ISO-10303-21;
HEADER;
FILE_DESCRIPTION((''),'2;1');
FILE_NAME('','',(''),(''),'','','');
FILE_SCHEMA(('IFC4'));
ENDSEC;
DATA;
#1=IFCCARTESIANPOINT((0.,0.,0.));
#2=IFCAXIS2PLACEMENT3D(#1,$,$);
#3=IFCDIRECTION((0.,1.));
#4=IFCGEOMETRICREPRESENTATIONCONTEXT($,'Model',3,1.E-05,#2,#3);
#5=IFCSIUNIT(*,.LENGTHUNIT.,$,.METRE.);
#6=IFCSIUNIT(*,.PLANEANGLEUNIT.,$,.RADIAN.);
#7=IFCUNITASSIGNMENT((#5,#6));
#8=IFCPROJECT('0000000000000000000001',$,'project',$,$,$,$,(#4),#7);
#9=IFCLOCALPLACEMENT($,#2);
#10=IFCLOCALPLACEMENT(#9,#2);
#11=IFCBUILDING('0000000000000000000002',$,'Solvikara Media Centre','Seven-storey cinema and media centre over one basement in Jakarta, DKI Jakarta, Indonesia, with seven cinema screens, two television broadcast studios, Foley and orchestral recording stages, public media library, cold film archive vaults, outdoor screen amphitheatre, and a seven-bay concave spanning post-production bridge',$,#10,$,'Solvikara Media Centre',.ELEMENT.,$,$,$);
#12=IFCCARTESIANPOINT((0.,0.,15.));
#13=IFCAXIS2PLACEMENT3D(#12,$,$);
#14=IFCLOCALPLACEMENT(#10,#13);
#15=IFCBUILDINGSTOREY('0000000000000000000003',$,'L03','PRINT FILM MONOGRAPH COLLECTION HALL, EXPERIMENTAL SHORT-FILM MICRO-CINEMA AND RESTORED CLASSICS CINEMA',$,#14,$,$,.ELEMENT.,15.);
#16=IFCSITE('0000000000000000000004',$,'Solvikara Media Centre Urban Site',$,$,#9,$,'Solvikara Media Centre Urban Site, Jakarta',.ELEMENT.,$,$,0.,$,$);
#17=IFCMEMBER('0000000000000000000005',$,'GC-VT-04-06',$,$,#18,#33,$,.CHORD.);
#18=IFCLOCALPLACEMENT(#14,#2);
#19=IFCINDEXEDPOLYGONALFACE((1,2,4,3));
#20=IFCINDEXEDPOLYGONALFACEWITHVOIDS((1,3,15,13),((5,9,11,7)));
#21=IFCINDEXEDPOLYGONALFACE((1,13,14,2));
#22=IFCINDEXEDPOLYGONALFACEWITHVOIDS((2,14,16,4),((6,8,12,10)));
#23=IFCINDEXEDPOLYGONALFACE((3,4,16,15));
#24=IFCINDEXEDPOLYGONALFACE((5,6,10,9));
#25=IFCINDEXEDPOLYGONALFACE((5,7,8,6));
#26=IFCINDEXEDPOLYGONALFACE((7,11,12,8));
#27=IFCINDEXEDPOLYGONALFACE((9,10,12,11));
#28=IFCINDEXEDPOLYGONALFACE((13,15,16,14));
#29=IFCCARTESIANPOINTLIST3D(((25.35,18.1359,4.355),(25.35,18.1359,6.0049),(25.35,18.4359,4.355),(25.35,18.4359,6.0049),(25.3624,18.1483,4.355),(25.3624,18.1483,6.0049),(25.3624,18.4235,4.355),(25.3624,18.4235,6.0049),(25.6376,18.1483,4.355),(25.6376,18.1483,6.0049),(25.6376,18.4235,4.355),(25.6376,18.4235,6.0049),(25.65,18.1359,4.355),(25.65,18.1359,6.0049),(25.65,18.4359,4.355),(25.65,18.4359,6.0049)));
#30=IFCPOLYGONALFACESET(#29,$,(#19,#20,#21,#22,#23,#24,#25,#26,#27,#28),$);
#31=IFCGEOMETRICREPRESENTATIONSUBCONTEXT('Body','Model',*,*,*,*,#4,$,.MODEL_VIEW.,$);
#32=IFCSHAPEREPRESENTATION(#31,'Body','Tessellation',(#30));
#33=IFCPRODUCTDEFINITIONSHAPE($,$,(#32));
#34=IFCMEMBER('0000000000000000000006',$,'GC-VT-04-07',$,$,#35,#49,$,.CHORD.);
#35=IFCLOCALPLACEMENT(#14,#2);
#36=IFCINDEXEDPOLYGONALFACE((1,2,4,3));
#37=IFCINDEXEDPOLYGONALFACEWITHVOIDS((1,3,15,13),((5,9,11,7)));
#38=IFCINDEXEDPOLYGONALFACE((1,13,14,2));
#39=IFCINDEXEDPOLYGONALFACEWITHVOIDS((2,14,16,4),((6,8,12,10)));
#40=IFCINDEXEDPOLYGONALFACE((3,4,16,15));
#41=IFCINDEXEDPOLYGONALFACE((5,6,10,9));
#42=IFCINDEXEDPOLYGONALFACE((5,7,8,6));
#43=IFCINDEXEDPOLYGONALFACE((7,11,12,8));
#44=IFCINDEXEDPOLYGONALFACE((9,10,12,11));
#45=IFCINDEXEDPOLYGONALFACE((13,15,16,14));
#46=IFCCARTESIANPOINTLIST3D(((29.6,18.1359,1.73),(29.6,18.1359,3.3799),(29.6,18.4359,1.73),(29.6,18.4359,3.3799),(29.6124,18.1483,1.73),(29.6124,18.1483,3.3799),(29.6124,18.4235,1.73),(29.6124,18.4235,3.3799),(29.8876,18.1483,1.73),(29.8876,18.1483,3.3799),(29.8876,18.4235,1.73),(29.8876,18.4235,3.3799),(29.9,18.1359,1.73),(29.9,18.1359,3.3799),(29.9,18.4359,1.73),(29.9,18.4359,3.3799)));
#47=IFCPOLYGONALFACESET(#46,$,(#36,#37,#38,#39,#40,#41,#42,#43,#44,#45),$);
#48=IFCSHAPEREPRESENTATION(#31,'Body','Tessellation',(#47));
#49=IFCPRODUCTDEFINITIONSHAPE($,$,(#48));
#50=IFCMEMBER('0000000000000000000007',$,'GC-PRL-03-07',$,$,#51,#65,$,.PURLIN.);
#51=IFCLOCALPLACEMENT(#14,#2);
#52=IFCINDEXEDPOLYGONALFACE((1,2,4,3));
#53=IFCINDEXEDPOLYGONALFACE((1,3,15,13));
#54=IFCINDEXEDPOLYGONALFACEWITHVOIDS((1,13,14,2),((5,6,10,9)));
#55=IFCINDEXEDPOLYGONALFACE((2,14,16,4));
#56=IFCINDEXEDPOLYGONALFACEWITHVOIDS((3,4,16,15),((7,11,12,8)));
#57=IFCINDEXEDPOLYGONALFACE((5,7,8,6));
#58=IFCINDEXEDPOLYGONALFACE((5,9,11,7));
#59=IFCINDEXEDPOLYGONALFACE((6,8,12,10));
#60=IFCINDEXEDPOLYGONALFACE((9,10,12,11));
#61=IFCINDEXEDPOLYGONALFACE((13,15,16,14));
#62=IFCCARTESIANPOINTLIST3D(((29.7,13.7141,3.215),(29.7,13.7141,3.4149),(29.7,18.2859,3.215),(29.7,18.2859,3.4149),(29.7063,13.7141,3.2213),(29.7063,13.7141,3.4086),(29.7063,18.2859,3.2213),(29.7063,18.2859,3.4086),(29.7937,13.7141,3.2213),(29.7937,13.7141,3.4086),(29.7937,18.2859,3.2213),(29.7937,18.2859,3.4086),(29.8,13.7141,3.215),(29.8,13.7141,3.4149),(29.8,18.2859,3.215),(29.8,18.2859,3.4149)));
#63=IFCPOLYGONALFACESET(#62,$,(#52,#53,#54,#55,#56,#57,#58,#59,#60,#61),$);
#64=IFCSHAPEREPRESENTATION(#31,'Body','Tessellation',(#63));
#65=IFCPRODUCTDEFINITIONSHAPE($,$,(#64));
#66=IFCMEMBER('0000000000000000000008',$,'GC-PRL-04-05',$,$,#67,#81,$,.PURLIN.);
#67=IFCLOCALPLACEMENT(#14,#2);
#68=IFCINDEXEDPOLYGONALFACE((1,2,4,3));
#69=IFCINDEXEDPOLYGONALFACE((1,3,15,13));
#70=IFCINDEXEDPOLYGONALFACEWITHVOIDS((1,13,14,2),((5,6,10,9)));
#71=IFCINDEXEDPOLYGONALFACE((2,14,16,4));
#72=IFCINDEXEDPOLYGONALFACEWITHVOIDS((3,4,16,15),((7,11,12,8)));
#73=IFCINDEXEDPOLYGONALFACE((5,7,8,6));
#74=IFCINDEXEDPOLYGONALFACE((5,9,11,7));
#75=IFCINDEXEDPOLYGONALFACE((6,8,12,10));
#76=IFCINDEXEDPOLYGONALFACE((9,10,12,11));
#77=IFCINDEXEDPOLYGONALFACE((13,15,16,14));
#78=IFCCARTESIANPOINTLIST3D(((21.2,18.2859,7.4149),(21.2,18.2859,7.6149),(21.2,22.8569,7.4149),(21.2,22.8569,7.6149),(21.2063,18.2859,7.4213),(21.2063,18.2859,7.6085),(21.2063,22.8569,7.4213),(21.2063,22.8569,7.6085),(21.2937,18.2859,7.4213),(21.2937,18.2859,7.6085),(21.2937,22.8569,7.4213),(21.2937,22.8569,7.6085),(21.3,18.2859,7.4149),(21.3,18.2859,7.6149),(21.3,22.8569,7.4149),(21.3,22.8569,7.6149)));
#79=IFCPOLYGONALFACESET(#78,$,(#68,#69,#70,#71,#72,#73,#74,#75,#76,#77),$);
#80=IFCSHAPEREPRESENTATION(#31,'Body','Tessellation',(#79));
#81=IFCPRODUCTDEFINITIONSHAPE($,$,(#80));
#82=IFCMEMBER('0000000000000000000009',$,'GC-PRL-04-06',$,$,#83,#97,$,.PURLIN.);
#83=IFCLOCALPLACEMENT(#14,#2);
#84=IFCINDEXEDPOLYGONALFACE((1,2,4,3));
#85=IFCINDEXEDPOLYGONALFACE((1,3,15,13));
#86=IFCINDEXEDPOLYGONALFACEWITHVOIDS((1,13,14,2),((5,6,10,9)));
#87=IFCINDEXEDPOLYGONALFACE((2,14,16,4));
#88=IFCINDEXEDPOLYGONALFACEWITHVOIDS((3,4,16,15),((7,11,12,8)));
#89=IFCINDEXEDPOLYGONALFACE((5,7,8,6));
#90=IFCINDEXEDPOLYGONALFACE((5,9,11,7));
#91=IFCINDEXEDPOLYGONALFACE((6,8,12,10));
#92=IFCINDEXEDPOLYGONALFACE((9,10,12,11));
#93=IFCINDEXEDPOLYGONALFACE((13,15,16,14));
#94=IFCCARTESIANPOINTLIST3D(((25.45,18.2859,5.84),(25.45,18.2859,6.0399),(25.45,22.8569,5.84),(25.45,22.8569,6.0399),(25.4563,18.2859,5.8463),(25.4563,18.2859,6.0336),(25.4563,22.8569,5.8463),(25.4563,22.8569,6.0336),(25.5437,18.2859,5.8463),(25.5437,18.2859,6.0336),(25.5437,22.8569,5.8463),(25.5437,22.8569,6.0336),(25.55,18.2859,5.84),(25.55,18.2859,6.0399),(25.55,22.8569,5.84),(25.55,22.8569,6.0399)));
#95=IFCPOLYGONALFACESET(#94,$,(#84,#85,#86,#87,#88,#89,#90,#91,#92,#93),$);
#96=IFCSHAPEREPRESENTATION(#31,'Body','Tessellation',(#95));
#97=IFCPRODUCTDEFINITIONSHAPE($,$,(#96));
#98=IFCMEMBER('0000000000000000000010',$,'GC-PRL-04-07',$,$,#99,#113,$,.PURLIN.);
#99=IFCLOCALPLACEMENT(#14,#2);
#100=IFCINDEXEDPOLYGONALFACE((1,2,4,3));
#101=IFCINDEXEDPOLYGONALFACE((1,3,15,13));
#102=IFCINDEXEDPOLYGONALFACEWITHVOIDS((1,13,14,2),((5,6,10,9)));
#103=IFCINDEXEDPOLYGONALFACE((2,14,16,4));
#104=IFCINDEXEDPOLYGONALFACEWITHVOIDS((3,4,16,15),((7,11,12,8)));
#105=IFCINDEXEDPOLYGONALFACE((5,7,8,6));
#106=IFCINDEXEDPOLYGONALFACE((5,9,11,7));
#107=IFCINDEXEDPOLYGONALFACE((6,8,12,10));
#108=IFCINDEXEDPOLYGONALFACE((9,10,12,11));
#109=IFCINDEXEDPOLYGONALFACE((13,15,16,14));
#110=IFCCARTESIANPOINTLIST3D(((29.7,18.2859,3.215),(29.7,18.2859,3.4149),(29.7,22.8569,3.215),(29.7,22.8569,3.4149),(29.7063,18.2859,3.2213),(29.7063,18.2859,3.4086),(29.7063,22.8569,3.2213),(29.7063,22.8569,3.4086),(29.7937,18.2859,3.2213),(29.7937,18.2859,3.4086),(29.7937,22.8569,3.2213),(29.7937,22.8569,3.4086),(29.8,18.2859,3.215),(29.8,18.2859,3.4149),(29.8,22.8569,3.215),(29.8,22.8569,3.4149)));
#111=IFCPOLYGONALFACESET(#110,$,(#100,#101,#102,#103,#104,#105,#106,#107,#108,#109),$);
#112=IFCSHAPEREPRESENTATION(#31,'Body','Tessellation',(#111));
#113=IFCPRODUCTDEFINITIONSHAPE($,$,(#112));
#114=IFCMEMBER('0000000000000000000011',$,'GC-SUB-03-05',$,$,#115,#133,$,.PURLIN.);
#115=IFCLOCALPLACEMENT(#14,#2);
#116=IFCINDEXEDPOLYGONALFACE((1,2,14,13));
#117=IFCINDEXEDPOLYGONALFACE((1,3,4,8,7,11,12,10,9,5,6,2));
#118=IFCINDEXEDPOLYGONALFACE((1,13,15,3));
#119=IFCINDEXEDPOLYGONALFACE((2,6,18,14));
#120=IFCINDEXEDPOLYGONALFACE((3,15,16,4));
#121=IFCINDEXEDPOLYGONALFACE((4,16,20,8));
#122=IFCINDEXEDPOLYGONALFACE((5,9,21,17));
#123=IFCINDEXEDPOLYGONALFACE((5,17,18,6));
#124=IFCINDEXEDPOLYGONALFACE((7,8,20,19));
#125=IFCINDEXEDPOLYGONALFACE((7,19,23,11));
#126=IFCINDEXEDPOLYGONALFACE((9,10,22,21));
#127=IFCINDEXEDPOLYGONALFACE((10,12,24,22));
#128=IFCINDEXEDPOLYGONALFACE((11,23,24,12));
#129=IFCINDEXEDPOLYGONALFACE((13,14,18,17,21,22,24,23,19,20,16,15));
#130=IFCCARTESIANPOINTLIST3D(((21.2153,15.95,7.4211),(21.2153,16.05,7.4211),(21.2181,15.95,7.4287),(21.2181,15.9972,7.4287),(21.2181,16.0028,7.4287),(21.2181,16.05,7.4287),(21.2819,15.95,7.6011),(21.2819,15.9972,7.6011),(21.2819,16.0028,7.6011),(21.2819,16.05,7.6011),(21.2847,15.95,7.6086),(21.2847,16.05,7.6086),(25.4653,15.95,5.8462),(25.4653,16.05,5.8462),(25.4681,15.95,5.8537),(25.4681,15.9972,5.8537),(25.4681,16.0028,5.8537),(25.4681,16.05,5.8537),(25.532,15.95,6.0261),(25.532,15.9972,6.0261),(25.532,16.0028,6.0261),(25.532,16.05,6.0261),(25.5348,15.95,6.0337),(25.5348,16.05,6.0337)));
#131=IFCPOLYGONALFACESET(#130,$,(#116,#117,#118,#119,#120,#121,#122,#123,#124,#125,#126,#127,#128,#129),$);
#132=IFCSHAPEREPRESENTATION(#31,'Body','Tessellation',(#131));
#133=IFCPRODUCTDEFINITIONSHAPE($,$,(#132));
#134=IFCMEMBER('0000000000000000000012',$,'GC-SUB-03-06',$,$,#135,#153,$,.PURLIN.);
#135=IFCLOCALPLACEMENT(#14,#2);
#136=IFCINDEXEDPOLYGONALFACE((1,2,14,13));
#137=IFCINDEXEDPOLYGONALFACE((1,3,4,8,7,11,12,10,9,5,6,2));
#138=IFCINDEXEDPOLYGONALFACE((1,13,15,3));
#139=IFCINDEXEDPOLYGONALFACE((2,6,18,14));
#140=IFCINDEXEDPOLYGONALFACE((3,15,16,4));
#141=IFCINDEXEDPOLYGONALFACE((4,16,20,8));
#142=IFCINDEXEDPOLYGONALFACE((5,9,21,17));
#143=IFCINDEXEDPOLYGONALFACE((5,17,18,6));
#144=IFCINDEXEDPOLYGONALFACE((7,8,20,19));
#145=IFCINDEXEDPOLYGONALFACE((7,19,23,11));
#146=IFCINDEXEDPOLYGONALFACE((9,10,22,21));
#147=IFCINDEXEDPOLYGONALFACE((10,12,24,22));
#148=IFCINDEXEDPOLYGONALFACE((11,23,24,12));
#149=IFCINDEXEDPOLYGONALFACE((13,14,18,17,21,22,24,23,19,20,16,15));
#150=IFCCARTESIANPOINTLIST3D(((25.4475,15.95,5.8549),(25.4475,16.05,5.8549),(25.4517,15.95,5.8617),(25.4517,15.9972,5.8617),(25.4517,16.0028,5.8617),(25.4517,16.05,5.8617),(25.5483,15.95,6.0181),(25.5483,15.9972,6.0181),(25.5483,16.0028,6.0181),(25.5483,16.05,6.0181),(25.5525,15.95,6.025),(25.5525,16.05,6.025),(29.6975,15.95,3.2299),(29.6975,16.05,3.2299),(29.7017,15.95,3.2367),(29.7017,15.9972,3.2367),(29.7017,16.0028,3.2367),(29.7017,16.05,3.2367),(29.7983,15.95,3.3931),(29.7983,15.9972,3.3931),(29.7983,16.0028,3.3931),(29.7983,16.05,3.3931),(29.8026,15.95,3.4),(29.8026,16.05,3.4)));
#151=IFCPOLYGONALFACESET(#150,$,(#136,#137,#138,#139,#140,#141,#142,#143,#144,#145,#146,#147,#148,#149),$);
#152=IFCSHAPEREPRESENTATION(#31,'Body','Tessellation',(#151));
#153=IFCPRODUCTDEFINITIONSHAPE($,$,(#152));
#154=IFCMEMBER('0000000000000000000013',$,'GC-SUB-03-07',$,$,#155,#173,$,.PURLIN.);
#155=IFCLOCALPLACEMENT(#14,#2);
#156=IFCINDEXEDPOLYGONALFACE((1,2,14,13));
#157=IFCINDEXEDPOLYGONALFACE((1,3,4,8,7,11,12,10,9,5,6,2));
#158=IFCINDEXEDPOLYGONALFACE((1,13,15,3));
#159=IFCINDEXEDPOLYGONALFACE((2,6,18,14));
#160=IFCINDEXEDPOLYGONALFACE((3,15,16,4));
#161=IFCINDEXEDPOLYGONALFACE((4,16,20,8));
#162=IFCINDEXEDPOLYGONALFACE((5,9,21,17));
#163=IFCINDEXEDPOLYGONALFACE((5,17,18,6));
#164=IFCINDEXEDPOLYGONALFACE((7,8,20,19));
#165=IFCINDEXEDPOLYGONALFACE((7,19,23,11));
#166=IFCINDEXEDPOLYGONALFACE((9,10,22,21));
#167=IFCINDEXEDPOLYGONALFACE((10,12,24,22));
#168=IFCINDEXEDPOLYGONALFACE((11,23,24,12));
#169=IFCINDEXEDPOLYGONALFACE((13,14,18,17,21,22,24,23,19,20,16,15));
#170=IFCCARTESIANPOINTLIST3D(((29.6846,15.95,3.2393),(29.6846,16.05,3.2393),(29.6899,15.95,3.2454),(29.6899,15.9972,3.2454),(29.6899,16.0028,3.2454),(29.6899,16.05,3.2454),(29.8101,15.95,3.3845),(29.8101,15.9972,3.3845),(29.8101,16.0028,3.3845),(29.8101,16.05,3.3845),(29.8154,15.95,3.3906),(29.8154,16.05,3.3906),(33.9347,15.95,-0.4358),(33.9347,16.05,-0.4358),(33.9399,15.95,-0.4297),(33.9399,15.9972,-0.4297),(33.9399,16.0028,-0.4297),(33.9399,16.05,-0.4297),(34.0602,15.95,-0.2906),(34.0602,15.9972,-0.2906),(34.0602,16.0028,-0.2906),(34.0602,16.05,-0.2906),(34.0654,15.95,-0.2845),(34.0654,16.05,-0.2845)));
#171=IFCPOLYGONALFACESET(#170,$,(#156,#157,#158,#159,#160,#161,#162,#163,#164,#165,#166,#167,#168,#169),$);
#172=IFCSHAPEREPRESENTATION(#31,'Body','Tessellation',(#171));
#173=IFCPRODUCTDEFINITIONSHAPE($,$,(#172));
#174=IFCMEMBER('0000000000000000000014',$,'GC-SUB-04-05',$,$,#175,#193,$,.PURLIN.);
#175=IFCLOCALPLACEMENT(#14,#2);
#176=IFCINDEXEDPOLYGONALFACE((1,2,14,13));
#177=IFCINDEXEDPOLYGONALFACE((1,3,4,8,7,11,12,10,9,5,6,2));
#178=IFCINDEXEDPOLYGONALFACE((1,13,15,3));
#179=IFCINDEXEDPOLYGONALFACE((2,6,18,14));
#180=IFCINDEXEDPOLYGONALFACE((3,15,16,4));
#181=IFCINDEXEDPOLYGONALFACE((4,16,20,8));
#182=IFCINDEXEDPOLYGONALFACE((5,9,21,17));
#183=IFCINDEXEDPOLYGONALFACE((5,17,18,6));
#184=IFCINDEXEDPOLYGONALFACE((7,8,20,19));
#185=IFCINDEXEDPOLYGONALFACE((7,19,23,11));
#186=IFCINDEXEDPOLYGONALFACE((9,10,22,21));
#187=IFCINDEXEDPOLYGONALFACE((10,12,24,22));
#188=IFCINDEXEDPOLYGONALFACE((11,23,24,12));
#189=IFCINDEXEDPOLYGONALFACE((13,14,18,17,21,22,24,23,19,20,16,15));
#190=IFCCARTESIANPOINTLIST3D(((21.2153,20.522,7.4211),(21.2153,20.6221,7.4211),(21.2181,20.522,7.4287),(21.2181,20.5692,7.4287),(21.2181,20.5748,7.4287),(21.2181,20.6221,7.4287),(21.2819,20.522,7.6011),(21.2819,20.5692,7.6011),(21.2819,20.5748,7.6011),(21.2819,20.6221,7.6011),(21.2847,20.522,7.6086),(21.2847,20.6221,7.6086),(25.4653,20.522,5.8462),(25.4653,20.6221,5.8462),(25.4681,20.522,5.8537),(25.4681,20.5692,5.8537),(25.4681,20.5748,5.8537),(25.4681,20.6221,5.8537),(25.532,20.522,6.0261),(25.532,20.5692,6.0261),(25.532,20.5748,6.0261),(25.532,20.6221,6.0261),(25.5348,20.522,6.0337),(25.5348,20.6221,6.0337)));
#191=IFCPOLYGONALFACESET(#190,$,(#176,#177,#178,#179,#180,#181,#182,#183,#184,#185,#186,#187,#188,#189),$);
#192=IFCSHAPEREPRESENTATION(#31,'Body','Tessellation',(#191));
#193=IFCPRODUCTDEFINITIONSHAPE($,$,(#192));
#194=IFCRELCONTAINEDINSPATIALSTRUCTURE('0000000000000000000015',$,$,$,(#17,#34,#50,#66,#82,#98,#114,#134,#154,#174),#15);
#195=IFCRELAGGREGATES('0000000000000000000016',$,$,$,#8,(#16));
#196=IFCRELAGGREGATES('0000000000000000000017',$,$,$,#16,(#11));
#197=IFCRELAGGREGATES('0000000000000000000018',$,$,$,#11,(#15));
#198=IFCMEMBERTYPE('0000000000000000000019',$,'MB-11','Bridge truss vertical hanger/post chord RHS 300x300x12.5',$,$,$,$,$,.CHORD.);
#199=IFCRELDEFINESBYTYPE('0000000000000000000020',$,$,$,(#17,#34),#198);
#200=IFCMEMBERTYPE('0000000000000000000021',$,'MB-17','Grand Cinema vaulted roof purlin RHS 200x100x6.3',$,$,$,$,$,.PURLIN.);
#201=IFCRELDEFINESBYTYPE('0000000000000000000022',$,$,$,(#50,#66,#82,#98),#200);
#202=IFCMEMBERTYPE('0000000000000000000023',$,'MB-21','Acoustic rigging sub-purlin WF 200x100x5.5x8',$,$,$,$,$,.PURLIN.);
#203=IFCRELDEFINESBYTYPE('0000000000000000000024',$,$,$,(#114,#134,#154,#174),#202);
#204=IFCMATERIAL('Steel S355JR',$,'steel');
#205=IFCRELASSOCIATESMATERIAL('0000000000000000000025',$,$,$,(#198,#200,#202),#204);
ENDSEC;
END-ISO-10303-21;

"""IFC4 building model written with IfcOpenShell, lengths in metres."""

from ifc_helpers import new_model, si_unit, direction, frame, origin, origin_2d, place, context, subcontext, project, spatial, hollow_rectangle, i_section, extrude, material, material_profile, profile_set, type_object, element, save


model = new_model("IFC4")

# Units and contexts
model_context = context("Model", 3, precision=1e-05, world=origin(), true_north=direction((0.0, 1.0)))
body_context = subcontext(model_context, "Body", "Model", "MODEL_VIEW")
ifc_project = project(units=[si_unit("LENGTHUNIT", "METRE"), si_unit("PLANEANGLEUNIT", "RADIAN")], contexts=[model_context])

# Site, building, storey
site_placement = place(None, origin())
site = spatial("IfcSite", under=ifc_project, at=site_placement, Name="Solvikara Media Centre Urban Site", LongName="Solvikara Media Centre Urban Site, Jakarta", CompositionType="ELEMENT", RefElevation=0.0)
building_placement = place(site_placement, origin())
building = spatial("IfcBuilding", under=site, at=building_placement, Name="Solvikara Media Centre", Description="Seven-storey cinema and media centre over one basement in Jakarta, DKI Jakarta, Indonesia, with seven cinema screens, two television broadcast studios, Foley and orchestral recording stages, public media library, cold film archive vaults, outdoor screen amphitheatre, and a seven-bay concave spanning post-production bridge", LongName="Solvikara Media Centre", CompositionType="ELEMENT")
storey_placement = place(building_placement, frame((0.0, 0.0, 15.0)))
storey = spatial("IfcBuildingStorey", under=building, at=storey_placement, Name="L03", Description="PRINT FILM MONOGRAPH COLLECTION HALL, EXPERIMENTAL SHORT-FILM MICRO-CINEMA AND RESTORED CLASSICS CINEMA", CompositionType="ELEMENT", Elevation=15.0)

# Members
ifc_material_1 = material(Name="Steel S355JR", Category="steel")
ifc_material_profile_1 = material_profile(ifc_material_1, hollow_rectangle(XDim=0.3, YDim=0.3, WallThickness=0.0125, at=origin_2d()), Name="RHS 300x300x12.5")
ifc_profile_set_1 = profile_set([ifc_material_profile_1], Name="Steel S355JR")
member_type_1 = type_object("IfcMemberType", Name="MB-11", Description="Bridge truss vertical hanger/post chord RHS 300x300x12.5", PredefinedType="CHORD", material=ifc_profile_set_1)
for number, where, z_axis, x_axis, name in (
    (1, (25.5, 18.2859, 4.355), (0.0, 0.0, 1.0), (1.0, 0.0, 0.0), "GC-VT-04-06"),
    (2, (29.75, 18.2859, 1.73), (0.0, 0.0, 1.0), (1.0, 0.0, 0.0), "GC-VT-04-07"),
):
    element("IfcMember", number, at=place(storey_placement, frame(where, z_axis=z_axis, x_axis=x_axis)), inside=storey, type_object=member_type_1, Name=name, PredefinedType="CHORD", context=body_context, shape_type="SweptSolid", body=[
        extrude(hollow_rectangle(XDim=0.3, YDim=0.3, WallThickness=0.0125, at=origin_2d()), origin(), (0.0, 0.0, 1.0), 1.6499),
    ])
ifc_material_profile_2 = material_profile(ifc_material_1, hollow_rectangle(XDim=0.1001, YDim=0.2, WallThickness=0.0063, at=origin_2d()), Name="RHS 200x100x6.3")
ifc_profile_set_2 = profile_set([ifc_material_profile_2], Name="Steel S355JR")
member_type_2 = type_object("IfcMemberType", Name="MB-17", Description="Grand Cinema vaulted roof purlin RHS 200x100x6.3", PredefinedType="PURLIN", material=ifc_profile_set_2)
member_1_placement = place(storey_placement, frame((29.75, 13.7141, 3.3149), z_axis=(0.0, 1.0, 0.0), x_axis=(-1.0, 0.0, 0.0)))
element("IfcMember", 3, at=member_1_placement, inside=storey, type_object=member_type_2, Name="GC-PRL-03-07", PredefinedType="PURLIN", context=body_context, shape_type="SweptSolid", body=[
    extrude(hollow_rectangle(XDim=0.1001, YDim=0.2, WallThickness=0.0063, at=origin_2d()), origin(), (0.0, 0.0, 1.0), 4.5718),
])
for number, where, z_axis, x_axis, name in (
    (4, (21.25, 18.2859, 7.5149), (0.0, 1.0, 0.0), (-1.0, 0.0, 0.0), "GC-PRL-04-05"),
    (5, (25.5, 18.2859, 5.9399), (0.0, 1.0, 0.0), (-1.0, 0.0, 0.0), "GC-PRL-04-06"),
    (6, (29.75, 18.2859, 3.3149), (0.0, 1.0, 0.0), (-1.0, 0.0, 0.0), "GC-PRL-04-07"),
):
    element("IfcMember", number, at=place(storey_placement, frame(where, z_axis=z_axis, x_axis=x_axis)), inside=storey, type_object=member_type_2, Name=name, PredefinedType="PURLIN", context=body_context, shape_type="SweptSolid", body=[
        extrude(hollow_rectangle(XDim=0.1001, YDim=0.2, WallThickness=0.0063, at=origin_2d()), origin(), (0.0, 0.0, 1.0), 4.571),
    ])
ifc_material_profile_3 = material_profile(ifc_material_1, i_section(OverallWidth=0.1001, OverallDepth=0.2, WebThickness=0.0056, FlangeThickness=0.0081, at=origin_2d()), Name="WF 200x100x5.5x8")
ifc_profile_set_3 = profile_set([ifc_material_profile_3], Name="Steel S355JR")
member_type_3 = type_object("IfcMemberType", Name="MB-21", Description="Acoustic rigging sub-purlin WF 200x100x5.5x8", PredefinedType="PURLIN", material=ifc_profile_set_3)
member_2_placement = place(storey_placement, frame((21.25, 16.0, 7.5149), z_axis=(0.937686, 0.0, -0.347485), x_axis=(0.0, 1.0, 0.0)))
element("IfcMember", 7, at=member_2_placement, inside=storey, type_object=member_type_3, Name="GC-SUB-03-05", PredefinedType="PURLIN", context=body_context, shape_type="SweptSolid", body=[
    extrude(i_section(OverallWidth=0.1001, OverallDepth=0.2, WebThickness=0.0056, FlangeThickness=0.0081, at=origin_2d()), origin(), (0.0, 0.0, 1.0), 4.5325),
])
member_3_placement = place(storey_placement, frame((25.5, 16.0, 5.9399), z_axis=(0.850798, 0.0, -0.525493), x_axis=(0.0, 1.0, 0.0)))
element("IfcMember", 8, at=member_3_placement, inside=storey, type_object=member_type_3, Name="GC-SUB-03-06", PredefinedType="PURLIN", context=body_context, shape_type="SweptSolid", body=[
    extrude(i_section(OverallWidth=0.1001, OverallDepth=0.2, WebThickness=0.0056, FlangeThickness=0.0081, at=origin_2d()), origin(), (0.0, 0.0, 1.0), 4.9954),
])
member_4_placement = place(storey_placement, frame((29.75, 16.0, 3.3149), z_axis=(0.756418, 0.0, -0.654088), x_axis=(0.0, 1.0, 0.0)))
element("IfcMember", 9, at=member_4_placement, inside=storey, type_object=member_type_3, Name="GC-SUB-03-07", PredefinedType="PURLIN", context=body_context, shape_type="SweptSolid", body=[
    extrude(i_section(OverallWidth=0.1001, OverallDepth=0.2, WebThickness=0.0056, FlangeThickness=0.0081, at=origin_2d()), origin(), (0.0, 0.0, 1.0), 5.6187),
])
member_5_placement = place(storey_placement, frame((21.25, 20.572, 7.5149), z_axis=(0.937686, 0.0, -0.347485), x_axis=(0.0, 1.0, 0.0)))
element("IfcMember", 10, at=member_5_placement, inside=storey, type_object=member_type_3, Name="GC-SUB-04-05", PredefinedType="PURLIN", context=body_context, shape_type="SweptSolid", body=[
    extrude(i_section(OverallWidth=0.1001, OverallDepth=0.2, WebThickness=0.0056, FlangeThickness=0.0081, at=origin_2d()), origin(), (0.0, 0.0, 1.0), 4.5325),
])

save(model, "model.ifc")
